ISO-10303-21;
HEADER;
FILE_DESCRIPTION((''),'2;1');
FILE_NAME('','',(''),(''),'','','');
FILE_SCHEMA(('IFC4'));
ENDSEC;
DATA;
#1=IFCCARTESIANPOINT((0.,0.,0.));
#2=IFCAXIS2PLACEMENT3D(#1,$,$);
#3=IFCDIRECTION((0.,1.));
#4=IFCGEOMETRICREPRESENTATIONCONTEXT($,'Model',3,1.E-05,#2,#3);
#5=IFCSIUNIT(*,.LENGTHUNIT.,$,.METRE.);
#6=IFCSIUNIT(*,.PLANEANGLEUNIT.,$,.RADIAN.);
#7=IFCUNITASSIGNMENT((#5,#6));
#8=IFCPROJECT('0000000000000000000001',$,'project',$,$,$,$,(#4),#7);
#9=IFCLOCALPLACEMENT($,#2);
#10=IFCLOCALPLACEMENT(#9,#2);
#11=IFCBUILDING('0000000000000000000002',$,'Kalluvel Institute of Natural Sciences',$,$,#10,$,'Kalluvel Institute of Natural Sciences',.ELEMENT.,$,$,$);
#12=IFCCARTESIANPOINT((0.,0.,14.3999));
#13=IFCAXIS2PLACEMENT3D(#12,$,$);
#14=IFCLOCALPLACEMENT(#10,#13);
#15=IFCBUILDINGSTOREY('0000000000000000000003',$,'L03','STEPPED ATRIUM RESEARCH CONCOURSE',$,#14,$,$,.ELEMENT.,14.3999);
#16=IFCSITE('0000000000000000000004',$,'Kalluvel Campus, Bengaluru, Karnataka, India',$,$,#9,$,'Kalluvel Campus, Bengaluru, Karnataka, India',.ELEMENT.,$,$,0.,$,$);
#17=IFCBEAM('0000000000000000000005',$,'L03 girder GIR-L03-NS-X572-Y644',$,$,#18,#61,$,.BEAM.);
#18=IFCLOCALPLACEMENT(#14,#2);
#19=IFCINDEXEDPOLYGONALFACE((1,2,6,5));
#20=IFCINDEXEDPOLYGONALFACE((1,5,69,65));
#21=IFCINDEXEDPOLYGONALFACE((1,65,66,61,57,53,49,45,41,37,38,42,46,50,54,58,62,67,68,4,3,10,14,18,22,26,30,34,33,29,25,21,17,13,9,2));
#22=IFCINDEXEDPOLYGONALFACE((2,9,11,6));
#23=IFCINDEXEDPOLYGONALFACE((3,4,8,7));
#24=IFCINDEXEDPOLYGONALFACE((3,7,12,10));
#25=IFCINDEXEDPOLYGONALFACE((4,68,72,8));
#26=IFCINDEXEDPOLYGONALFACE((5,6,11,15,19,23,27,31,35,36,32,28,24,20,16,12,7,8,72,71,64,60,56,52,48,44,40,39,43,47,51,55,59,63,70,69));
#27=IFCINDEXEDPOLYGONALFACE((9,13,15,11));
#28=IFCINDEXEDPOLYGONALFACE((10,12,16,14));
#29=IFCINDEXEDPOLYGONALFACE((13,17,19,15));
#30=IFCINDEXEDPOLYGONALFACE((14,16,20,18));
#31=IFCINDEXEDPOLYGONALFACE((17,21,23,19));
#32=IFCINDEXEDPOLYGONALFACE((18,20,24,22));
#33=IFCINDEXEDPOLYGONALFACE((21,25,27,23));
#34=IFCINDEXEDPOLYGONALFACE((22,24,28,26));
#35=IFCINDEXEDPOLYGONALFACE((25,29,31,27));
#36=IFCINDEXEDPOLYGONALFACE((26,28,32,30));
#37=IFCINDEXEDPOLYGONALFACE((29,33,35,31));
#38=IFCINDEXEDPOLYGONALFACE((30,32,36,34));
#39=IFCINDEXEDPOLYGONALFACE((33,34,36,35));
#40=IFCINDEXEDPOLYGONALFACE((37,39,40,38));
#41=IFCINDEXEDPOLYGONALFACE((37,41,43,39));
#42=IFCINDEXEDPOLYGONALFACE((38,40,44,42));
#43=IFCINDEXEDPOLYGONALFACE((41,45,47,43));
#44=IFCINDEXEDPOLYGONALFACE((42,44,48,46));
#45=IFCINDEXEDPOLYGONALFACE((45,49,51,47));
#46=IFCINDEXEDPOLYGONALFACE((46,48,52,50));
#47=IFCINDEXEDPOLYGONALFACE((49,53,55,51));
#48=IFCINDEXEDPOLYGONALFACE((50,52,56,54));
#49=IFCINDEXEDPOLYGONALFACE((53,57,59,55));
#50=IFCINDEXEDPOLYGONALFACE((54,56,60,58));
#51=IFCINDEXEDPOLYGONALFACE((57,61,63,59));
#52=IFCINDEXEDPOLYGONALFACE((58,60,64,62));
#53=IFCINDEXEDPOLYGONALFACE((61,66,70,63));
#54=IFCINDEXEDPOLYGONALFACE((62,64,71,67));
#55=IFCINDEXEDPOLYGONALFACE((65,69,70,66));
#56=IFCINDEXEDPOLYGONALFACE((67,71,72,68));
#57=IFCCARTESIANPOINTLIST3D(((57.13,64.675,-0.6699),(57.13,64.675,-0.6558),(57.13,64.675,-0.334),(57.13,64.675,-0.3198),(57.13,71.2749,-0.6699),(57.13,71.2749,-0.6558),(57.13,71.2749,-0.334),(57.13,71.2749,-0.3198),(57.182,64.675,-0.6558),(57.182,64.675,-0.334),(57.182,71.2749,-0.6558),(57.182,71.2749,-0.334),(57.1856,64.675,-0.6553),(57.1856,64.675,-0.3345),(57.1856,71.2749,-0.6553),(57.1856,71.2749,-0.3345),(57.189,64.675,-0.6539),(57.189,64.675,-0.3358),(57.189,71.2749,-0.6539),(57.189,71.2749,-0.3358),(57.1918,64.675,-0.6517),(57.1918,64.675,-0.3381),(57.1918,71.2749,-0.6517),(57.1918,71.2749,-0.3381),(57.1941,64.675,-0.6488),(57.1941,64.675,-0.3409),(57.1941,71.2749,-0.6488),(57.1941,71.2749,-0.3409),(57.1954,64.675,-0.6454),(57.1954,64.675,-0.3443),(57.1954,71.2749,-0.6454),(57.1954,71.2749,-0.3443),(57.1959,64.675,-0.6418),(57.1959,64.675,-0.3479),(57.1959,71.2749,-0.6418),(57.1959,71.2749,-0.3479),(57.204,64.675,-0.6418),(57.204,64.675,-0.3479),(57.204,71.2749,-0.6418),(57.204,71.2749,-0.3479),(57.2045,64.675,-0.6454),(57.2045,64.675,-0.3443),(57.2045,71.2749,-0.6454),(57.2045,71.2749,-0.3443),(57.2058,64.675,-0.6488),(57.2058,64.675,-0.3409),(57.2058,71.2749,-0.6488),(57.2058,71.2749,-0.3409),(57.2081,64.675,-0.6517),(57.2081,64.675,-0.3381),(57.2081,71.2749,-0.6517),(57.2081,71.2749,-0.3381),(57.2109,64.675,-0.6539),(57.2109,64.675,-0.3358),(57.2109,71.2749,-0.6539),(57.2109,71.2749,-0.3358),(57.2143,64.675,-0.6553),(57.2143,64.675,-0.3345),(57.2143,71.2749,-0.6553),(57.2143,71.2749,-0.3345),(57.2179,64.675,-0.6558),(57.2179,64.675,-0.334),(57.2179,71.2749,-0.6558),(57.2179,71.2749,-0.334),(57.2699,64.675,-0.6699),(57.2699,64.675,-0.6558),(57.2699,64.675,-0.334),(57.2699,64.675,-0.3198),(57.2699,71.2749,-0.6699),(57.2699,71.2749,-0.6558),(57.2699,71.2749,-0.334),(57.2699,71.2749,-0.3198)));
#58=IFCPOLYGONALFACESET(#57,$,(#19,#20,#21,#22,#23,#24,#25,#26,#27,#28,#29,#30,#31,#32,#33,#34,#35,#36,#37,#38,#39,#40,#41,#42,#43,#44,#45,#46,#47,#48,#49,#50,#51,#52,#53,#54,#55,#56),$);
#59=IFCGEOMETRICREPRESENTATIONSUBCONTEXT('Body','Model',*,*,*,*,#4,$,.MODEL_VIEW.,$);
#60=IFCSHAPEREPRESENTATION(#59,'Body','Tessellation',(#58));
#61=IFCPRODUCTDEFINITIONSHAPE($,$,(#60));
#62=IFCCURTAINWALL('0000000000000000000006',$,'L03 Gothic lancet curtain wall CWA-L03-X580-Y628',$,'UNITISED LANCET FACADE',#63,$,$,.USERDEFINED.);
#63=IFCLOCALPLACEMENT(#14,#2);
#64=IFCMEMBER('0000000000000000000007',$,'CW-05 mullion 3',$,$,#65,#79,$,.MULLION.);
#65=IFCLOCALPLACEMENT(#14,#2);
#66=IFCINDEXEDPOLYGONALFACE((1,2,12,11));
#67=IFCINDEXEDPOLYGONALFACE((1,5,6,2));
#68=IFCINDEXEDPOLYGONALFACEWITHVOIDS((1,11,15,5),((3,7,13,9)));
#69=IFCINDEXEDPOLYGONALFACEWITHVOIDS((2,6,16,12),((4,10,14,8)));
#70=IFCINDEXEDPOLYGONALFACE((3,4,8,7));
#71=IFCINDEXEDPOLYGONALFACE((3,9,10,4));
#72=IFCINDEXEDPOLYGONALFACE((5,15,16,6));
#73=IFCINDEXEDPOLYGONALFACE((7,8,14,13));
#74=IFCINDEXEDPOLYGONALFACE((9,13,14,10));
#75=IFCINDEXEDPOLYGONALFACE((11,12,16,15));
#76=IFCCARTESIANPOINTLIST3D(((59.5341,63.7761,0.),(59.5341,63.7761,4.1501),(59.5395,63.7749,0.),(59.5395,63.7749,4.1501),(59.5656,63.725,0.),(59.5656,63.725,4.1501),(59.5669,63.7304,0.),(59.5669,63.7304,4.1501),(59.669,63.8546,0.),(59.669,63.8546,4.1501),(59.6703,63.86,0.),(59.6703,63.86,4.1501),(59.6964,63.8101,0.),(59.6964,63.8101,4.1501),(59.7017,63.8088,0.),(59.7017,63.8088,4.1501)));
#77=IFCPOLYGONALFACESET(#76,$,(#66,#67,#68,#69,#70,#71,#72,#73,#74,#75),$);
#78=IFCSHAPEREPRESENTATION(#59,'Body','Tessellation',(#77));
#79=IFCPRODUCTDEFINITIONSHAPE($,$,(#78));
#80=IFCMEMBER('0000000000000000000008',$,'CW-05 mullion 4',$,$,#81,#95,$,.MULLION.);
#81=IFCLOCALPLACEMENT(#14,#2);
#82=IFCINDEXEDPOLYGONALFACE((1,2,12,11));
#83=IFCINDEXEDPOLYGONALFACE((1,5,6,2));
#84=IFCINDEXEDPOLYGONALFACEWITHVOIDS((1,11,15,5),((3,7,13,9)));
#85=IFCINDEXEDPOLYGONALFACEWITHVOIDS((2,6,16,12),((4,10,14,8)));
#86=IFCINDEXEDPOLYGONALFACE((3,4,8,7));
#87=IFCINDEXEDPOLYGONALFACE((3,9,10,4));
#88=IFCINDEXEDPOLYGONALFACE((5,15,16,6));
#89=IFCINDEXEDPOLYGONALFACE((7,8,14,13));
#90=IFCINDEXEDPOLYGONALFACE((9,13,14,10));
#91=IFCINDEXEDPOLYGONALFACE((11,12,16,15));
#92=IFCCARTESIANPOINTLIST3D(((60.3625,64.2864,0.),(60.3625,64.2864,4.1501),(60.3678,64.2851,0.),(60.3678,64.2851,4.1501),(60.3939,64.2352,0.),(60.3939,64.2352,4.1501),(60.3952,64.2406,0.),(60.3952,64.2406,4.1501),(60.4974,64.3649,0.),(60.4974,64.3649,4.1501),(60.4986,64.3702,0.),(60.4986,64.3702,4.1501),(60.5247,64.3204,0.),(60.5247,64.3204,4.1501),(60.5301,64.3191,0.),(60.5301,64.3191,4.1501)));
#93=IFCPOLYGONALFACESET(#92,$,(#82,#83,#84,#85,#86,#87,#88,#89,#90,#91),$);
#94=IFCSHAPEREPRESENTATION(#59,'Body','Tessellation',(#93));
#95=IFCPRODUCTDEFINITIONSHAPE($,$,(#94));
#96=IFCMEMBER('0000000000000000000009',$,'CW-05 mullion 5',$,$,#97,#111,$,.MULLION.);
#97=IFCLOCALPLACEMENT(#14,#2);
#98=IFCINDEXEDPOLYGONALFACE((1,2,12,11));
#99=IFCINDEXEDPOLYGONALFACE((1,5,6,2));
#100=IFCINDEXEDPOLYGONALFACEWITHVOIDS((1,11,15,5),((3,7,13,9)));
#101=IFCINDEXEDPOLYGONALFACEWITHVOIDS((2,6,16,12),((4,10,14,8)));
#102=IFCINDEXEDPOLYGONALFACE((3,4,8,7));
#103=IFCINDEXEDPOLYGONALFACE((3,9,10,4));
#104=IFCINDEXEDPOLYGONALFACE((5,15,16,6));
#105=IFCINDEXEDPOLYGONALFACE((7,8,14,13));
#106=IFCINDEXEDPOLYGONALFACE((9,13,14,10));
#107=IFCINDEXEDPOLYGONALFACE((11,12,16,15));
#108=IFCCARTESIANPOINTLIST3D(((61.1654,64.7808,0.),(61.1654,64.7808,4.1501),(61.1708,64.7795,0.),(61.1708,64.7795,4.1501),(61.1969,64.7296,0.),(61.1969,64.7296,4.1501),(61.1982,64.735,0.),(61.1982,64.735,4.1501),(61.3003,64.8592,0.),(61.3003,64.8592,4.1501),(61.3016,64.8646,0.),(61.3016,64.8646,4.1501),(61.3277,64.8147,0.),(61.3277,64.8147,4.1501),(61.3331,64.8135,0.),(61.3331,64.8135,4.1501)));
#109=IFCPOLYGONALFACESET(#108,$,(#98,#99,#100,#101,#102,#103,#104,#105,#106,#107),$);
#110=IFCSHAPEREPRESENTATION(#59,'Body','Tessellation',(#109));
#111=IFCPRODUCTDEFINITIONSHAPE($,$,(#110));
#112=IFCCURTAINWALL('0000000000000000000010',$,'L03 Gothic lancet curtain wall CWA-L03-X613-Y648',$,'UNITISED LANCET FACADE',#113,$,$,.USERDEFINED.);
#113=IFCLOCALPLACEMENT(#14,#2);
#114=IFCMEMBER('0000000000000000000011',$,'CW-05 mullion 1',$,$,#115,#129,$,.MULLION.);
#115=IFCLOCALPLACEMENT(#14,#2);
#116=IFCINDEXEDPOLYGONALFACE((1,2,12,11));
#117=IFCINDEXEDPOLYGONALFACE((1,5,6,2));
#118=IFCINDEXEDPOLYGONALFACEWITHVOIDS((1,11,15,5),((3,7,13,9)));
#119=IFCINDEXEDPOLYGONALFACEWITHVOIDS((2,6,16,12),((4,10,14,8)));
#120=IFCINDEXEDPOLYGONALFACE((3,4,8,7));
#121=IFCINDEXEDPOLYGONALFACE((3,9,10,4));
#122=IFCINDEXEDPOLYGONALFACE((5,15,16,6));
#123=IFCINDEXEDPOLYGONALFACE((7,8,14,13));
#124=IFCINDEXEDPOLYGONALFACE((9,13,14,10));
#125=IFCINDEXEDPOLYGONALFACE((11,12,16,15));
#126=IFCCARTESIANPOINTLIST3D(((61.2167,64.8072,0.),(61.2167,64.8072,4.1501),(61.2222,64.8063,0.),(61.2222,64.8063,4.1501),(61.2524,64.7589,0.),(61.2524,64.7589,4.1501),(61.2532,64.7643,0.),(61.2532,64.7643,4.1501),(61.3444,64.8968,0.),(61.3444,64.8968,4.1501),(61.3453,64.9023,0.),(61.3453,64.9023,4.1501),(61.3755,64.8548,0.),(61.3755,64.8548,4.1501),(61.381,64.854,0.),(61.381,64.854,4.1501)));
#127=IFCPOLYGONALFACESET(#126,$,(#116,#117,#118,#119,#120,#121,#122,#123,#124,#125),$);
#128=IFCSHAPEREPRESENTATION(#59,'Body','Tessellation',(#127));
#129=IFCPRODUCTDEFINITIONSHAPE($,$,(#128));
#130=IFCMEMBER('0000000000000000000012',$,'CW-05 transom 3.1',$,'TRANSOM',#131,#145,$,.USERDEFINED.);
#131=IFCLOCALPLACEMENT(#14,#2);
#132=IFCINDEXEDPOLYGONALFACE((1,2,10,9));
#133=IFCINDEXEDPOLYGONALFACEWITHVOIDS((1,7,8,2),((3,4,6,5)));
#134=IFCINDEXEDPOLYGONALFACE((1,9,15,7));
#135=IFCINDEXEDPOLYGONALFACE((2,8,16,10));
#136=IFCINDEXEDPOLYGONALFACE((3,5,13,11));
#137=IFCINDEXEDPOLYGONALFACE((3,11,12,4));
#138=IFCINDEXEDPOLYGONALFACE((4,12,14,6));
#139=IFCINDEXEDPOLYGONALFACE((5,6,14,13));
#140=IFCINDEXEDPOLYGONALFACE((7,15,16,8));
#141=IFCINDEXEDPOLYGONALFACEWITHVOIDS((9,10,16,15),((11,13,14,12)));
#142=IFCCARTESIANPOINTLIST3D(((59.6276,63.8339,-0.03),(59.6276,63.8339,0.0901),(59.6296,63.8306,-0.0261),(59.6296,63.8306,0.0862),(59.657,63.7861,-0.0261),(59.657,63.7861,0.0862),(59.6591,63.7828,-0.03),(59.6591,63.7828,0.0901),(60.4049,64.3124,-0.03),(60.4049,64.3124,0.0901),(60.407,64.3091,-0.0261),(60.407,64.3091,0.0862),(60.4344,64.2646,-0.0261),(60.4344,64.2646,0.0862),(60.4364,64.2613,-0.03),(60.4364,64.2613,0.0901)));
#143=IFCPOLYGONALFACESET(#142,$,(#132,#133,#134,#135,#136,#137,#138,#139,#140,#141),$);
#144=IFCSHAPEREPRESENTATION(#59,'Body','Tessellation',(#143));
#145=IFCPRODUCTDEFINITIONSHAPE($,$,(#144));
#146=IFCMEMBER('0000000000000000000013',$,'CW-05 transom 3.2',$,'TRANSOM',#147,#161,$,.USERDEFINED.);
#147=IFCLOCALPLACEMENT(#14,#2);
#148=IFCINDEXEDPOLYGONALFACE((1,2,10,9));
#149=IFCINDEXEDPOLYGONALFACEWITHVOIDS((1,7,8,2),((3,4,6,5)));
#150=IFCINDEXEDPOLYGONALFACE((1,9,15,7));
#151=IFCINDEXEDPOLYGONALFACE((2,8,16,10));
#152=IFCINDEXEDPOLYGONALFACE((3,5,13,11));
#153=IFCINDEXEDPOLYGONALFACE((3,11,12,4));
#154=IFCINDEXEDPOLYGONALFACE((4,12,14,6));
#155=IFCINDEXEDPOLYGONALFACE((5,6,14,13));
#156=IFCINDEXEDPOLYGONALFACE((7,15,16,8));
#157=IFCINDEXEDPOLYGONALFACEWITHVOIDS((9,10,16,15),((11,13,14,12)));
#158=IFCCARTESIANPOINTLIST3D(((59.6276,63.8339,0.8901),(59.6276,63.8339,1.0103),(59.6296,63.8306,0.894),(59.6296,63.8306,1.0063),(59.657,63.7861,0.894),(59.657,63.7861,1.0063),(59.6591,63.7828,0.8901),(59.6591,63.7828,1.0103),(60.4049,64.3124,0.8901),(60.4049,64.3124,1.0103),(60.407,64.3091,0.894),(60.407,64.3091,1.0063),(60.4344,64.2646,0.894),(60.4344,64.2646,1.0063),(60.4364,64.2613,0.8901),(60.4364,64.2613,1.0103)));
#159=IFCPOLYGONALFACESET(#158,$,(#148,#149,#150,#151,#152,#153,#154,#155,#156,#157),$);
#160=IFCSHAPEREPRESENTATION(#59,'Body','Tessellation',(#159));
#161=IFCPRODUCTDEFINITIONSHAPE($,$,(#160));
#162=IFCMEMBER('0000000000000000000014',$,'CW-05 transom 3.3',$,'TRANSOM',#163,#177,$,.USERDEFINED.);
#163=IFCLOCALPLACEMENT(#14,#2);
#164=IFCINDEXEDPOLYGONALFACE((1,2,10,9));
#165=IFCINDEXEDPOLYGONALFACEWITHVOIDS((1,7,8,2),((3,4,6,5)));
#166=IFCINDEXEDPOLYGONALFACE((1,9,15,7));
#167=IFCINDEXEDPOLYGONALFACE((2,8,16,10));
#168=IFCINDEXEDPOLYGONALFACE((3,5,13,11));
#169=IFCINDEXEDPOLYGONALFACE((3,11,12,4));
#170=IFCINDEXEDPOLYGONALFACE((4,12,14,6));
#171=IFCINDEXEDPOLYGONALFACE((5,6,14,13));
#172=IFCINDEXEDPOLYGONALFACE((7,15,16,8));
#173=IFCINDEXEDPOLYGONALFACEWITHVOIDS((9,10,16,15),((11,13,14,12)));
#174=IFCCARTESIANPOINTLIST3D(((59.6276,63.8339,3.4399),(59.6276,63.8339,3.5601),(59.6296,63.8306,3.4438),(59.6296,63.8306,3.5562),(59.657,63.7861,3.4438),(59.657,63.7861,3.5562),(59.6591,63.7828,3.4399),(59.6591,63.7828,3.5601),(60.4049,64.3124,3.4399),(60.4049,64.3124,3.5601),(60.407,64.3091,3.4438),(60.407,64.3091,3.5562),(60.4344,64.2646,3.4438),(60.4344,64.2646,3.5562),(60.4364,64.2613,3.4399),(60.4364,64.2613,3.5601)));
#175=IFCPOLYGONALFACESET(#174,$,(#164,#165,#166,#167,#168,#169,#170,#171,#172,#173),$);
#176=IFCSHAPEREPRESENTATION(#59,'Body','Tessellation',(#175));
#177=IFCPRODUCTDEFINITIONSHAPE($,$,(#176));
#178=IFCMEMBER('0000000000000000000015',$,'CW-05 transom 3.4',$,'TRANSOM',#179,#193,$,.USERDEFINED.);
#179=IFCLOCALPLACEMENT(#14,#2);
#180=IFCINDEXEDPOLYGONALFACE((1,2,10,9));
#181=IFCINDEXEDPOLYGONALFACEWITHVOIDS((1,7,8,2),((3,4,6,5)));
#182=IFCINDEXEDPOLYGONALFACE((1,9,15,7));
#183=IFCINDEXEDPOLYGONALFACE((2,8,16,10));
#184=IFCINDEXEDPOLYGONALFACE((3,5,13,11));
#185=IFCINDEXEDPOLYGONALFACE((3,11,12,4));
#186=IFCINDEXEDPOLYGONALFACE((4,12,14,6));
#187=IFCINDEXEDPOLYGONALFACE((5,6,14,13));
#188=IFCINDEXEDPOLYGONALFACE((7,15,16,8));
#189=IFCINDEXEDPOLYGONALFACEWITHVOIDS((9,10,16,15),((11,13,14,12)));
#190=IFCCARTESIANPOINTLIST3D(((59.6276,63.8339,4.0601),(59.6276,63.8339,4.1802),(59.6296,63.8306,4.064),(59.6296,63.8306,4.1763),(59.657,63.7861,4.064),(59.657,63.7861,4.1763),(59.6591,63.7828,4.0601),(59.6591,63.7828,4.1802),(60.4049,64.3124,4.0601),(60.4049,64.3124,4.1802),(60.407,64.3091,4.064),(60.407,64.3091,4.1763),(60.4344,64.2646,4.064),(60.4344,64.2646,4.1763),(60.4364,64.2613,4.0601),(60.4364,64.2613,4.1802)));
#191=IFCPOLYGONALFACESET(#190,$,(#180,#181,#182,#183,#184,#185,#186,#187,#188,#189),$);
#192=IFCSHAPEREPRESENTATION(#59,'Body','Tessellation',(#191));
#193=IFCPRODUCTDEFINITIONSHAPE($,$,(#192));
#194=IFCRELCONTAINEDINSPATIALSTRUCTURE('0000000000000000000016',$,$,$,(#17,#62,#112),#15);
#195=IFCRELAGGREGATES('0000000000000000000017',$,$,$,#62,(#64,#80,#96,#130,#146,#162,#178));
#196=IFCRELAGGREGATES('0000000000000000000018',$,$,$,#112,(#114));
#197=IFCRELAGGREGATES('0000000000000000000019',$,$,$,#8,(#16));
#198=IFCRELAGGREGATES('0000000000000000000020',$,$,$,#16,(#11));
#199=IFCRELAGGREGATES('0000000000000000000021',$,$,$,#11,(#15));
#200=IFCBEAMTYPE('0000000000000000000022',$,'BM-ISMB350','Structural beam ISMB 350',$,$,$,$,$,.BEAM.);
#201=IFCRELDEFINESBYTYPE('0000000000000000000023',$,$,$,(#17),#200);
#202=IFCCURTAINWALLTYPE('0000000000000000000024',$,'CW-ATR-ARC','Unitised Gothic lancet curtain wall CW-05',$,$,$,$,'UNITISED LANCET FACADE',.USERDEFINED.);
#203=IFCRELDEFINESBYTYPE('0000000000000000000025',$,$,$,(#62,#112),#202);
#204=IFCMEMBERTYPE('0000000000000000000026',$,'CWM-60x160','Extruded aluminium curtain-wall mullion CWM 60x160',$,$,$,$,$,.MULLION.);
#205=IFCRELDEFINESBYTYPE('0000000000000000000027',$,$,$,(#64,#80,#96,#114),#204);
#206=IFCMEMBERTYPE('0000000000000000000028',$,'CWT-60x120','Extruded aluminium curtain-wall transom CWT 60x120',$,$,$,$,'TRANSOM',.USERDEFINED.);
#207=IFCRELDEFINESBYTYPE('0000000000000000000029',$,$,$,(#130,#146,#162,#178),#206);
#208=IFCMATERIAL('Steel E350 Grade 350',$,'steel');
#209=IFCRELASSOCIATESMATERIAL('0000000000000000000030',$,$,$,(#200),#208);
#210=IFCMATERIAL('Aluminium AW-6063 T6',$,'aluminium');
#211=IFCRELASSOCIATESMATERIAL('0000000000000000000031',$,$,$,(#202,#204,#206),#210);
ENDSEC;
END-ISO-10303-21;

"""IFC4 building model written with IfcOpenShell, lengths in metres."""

from ifc_helpers import new_model, si_unit, direction, frame, origin, origin_2d, place, context, subcontext, project, spatial, hollow_rectangle, i_section, extrude, material, material_profile, profile_set, type_object, element, aggregate, save


model = new_model("IFC4")

# Units and contexts
model_context = context("Model", 3, precision=1e-05, world=origin(), true_north=direction((0.0, 1.0)))
body_context = subcontext(model_context, "Body", "Model", "MODEL_VIEW")
ifc_project = project(units=[si_unit("LENGTHUNIT", "METRE"), si_unit("PLANEANGLEUNIT", "RADIAN")], contexts=[model_context])

# Site, building, storey
site_placement = place(None, origin())
site = spatial("IfcSite", under=ifc_project, at=site_placement, Name="Kalluvel Campus, Bengaluru, Karnataka, India", LongName="Kalluvel Campus, Bengaluru, Karnataka, India", CompositionType="ELEMENT", RefElevation=0.0)
building_placement = place(site_placement, origin())
building = spatial("IfcBuilding", under=site, at=building_placement, Name="Kalluvel Institute of Natural Sciences", LongName="Kalluvel Institute of Natural Sciences", CompositionType="ELEMENT")
storey_placement = place(building_placement, frame((0.0, 0.0, 14.3999)))
storey = spatial("IfcBuildingStorey", under=building, at=storey_placement, Name="L03", Description="STEPPED ATRIUM RESEARCH CONCOURSE", CompositionType="ELEMENT", Elevation=14.3999)

# Beam
ifc_material_1 = material(Name="Steel E350 Grade 350", Category="steel")
ifc_material_profile_1 = material_profile(ifc_material_1, i_section(OverallWidth=0.1399, OverallDepth=0.3501, WebThickness=0.0081, FlangeThickness=0.0142, FilletRadius=0.0139, at=origin_2d()), Name="ISMB 350")
ifc_profile_set_1 = profile_set([ifc_material_profile_1], Name="Steel E350 Grade 350")
beam_type = type_object("IfcBeamType", Name="BM-ISMB350", Description="Structural beam ISMB 350", PredefinedType="BEAM", material=ifc_profile_set_1)
beam_placement = place(storey_placement, frame((57.2, 64.675, -0.4949), z_axis=(0.0, 1.0, 0.0), x_axis=(-1.0, 0.0, 0.0)))
element("IfcBeam", 1, at=beam_placement, inside=storey, type_object=beam_type, Name="L03 girder GIR-L03-NS-X572-Y644", PredefinedType="BEAM", context=body_context, shape_type="SweptSolid", body=[
    extrude(i_section(OverallWidth=0.1399, OverallDepth=0.3501, WebThickness=0.0081, FlangeThickness=0.0142, FilletRadius=0.0139, at=origin_2d()), origin(), (0.0, 0.0, 1.0), 6.5999),
])

# Curtain wall, members
ifc_material_2 = material(Name="Aluminium AW-6063 T6", Category="aluminium")
curtain_wall_type = type_object("IfcCurtainWallType", Name="CW-ATR-ARC", Description="Unitised Gothic lancet curtain wall CW-05", ElementType="UNITISED LANCET FACADE", PredefinedType="USERDEFINED", material=ifc_material_2)
curtain_wall_1_placement = place(storey_placement, origin())
curtain_wall_1 = element("IfcCurtainWall", 2, at=curtain_wall_1_placement, inside=storey, type_object=curtain_wall_type, Name="L03 Gothic lancet curtain wall CWA-L03-X580-Y628", ObjectType="UNITISED LANCET FACADE", PredefinedType="USERDEFINED")
ifc_material_profile_2 = material_profile(ifc_material_2, hollow_rectangle(XDim=0.0601, YDim=0.1599, WallThickness=0.0039, at=origin_2d()), Name="CWM 60x160")
ifc_profile_set_2 = profile_set([ifc_material_profile_2], Name="Aluminium AW-6063 T6")
member_type_1 = type_object("IfcMemberType", Name="CWM-60x160", Description="Extruded aluminium curtain-wall mullion CWM 60x160", PredefinedType="MULLION", material=ifc_profile_set_2)
member_1_placement = place(storey_placement, frame((59.6179, 63.7925, 0.0), z_axis=(0.0, 0.0, 1.0), x_axis=(-0.524305, 0.85153, 0.0)))
member_1 = element("IfcMember", 3, at=member_1_placement, type_object=member_type_1, Name="CW-05 mullion 3", PredefinedType="MULLION", context=body_context, shape_type="SweptSolid", body=[
    extrude(hollow_rectangle(XDim=0.0601, YDim=0.1599, WallThickness=0.0039, at=origin_2d()), origin(), (0.0, 0.0, 1.0), 4.1501),
])
member_2_placement = place(storey_placement, frame((60.4463, 64.3027, 0.0), z_axis=(0.0, 0.0, 1.0), x_axis=(-0.524305, 0.85153, 0.0)))
member_2 = element("IfcMember", 4, at=member_2_placement, type_object=member_type_1, Name="CW-05 mullion 4", PredefinedType="MULLION", context=body_context, shape_type="SweptSolid", body=[
    extrude(hollow_rectangle(XDim=0.0601, YDim=0.1599, WallThickness=0.0039, at=origin_2d()), origin(), (0.0, 0.0, 1.0), 4.1501),
])
member_3_placement = place(storey_placement, frame((61.2493, 64.7971, 0.0), z_axis=(0.0, 0.0, 1.0), x_axis=(-0.524305, 0.85153, 0.0)))
member_3 = element("IfcMember", 5, at=member_3_placement, type_object=member_type_1, Name="CW-05 mullion 5", PredefinedType="MULLION", context=body_context, shape_type="SweptSolid", body=[
    extrude(hollow_rectangle(XDim=0.0601, YDim=0.1599, WallThickness=0.0039, at=origin_2d()), origin(), (0.0, 0.0, 1.0), 4.1501),
])

# Curtain wall, member
curtain_wall_2_placement = place(storey_placement, origin())
curtain_wall_2 = element("IfcCurtainWall", 6, at=curtain_wall_2_placement, inside=storey, type_object=curtain_wall_type, Name="L03 Gothic lancet curtain wall CWA-L03-X613-Y648", ObjectType="UNITISED LANCET FACADE", PredefinedType="USERDEFINED")
member_4_placement = place(storey_placement, frame((61.2988, 64.8306, 0.0), z_axis=(0.0, 0.0, 1.0), x_axis=(-0.594638, 0.803993, 0.0)))
member_4 = element("IfcMember", 7, at=member_4_placement, type_object=member_type_1, Name="CW-05 mullion 1", PredefinedType="MULLION", context=body_context, shape_type="SweptSolid", body=[
    extrude(hollow_rectangle(XDim=0.0601, YDim=0.1599, WallThickness=0.0039, at=origin_2d()), origin(), (0.0, 0.0, 1.0), 4.1501),
])

# Members
ifc_material_profile_3 = material_profile(ifc_material_2, hollow_rectangle(XDim=0.0601, YDim=0.1201, WallThickness=0.0039, at=origin_2d()), Name="CWT 60x120")
ifc_profile_set_3 = profile_set([ifc_material_profile_3], Name="Aluminium AW-6063 T6")
member_type_2 = type_object("IfcMemberType", Name="CWT-60x120", Description="Extruded aluminium curtain-wall transom CWT 60x120", ElementType="TRANSOM", PredefinedType="USERDEFINED", material=ifc_profile_set_3)
member_5_placement = place(storey_placement, frame((59.6433, 63.8083, 0.03), z_axis=(0.851585, 0.524217, 0.0), x_axis=(-0.524217, 0.851585, 0.0)))
member_5 = element("IfcMember", 8, at=member_5_placement, type_object=member_type_2, Name="CW-05 transom 3.1", ObjectType="TRANSOM", PredefinedType="USERDEFINED", context=body_context, shape_type="SweptSolid", body=[
    extrude(hollow_rectangle(XDim=0.0601, YDim=0.1201, WallThickness=0.0039, at=origin_2d()), origin(), (0.0, 0.0, 1.0), 0.9128),
])
member_6_placement = place(storey_placement, frame((59.6433, 63.8083, 0.9502), z_axis=(0.851585, 0.524217, 0.0), x_axis=(-0.524217, 0.851585, 0.0)))
member_6 = element("IfcMember", 9, at=member_6_placement, type_object=member_type_2, Name="CW-05 transom 3.2", ObjectType="TRANSOM", PredefinedType="USERDEFINED", context=body_context, shape_type="SweptSolid", body=[
    extrude(hollow_rectangle(XDim=0.0601, YDim=0.1201, WallThickness=0.0039, at=origin_2d()), origin(), (0.0, 0.0, 1.0), 0.9128),
])
member_7_placement = place(storey_placement, frame((59.6433, 63.8083, 3.5), z_axis=(0.851585, 0.524217, 0.0), x_axis=(-0.524217, 0.851585, 0.0)))
member_7 = element("IfcMember", 10, at=member_7_placement, type_object=member_type_2, Name="CW-05 transom 3.3", ObjectType="TRANSOM", PredefinedType="USERDEFINED", context=body_context, shape_type="SweptSolid", body=[
    extrude(hollow_rectangle(XDim=0.0601, YDim=0.1201, WallThickness=0.0039, at=origin_2d()), origin(), (0.0, 0.0, 1.0), 0.9128),
])
member_8_placement = place(storey_placement, frame((59.6433, 63.8083, 4.1201), z_axis=(0.851585, 0.524217, 0.0), x_axis=(-0.524217, 0.851585, 0.0)))
member_8 = element("IfcMember", 11, at=member_8_placement, type_object=member_type_2, Name="CW-05 transom 3.4", ObjectType="TRANSOM", PredefinedType="USERDEFINED", context=body_context, shape_type="SweptSolid", body=[
    extrude(hollow_rectangle(XDim=0.0601, YDim=0.1201, WallThickness=0.0039, at=origin_2d()), origin(), (0.0, 0.0, 1.0), 0.9128),
])

aggregate(curtain_wall_1, [member_1, member_2, member_3, member_5, member_6, member_7, member_8])
aggregate(curtain_wall_2, [member_4])

save(model, "model.ifc")
